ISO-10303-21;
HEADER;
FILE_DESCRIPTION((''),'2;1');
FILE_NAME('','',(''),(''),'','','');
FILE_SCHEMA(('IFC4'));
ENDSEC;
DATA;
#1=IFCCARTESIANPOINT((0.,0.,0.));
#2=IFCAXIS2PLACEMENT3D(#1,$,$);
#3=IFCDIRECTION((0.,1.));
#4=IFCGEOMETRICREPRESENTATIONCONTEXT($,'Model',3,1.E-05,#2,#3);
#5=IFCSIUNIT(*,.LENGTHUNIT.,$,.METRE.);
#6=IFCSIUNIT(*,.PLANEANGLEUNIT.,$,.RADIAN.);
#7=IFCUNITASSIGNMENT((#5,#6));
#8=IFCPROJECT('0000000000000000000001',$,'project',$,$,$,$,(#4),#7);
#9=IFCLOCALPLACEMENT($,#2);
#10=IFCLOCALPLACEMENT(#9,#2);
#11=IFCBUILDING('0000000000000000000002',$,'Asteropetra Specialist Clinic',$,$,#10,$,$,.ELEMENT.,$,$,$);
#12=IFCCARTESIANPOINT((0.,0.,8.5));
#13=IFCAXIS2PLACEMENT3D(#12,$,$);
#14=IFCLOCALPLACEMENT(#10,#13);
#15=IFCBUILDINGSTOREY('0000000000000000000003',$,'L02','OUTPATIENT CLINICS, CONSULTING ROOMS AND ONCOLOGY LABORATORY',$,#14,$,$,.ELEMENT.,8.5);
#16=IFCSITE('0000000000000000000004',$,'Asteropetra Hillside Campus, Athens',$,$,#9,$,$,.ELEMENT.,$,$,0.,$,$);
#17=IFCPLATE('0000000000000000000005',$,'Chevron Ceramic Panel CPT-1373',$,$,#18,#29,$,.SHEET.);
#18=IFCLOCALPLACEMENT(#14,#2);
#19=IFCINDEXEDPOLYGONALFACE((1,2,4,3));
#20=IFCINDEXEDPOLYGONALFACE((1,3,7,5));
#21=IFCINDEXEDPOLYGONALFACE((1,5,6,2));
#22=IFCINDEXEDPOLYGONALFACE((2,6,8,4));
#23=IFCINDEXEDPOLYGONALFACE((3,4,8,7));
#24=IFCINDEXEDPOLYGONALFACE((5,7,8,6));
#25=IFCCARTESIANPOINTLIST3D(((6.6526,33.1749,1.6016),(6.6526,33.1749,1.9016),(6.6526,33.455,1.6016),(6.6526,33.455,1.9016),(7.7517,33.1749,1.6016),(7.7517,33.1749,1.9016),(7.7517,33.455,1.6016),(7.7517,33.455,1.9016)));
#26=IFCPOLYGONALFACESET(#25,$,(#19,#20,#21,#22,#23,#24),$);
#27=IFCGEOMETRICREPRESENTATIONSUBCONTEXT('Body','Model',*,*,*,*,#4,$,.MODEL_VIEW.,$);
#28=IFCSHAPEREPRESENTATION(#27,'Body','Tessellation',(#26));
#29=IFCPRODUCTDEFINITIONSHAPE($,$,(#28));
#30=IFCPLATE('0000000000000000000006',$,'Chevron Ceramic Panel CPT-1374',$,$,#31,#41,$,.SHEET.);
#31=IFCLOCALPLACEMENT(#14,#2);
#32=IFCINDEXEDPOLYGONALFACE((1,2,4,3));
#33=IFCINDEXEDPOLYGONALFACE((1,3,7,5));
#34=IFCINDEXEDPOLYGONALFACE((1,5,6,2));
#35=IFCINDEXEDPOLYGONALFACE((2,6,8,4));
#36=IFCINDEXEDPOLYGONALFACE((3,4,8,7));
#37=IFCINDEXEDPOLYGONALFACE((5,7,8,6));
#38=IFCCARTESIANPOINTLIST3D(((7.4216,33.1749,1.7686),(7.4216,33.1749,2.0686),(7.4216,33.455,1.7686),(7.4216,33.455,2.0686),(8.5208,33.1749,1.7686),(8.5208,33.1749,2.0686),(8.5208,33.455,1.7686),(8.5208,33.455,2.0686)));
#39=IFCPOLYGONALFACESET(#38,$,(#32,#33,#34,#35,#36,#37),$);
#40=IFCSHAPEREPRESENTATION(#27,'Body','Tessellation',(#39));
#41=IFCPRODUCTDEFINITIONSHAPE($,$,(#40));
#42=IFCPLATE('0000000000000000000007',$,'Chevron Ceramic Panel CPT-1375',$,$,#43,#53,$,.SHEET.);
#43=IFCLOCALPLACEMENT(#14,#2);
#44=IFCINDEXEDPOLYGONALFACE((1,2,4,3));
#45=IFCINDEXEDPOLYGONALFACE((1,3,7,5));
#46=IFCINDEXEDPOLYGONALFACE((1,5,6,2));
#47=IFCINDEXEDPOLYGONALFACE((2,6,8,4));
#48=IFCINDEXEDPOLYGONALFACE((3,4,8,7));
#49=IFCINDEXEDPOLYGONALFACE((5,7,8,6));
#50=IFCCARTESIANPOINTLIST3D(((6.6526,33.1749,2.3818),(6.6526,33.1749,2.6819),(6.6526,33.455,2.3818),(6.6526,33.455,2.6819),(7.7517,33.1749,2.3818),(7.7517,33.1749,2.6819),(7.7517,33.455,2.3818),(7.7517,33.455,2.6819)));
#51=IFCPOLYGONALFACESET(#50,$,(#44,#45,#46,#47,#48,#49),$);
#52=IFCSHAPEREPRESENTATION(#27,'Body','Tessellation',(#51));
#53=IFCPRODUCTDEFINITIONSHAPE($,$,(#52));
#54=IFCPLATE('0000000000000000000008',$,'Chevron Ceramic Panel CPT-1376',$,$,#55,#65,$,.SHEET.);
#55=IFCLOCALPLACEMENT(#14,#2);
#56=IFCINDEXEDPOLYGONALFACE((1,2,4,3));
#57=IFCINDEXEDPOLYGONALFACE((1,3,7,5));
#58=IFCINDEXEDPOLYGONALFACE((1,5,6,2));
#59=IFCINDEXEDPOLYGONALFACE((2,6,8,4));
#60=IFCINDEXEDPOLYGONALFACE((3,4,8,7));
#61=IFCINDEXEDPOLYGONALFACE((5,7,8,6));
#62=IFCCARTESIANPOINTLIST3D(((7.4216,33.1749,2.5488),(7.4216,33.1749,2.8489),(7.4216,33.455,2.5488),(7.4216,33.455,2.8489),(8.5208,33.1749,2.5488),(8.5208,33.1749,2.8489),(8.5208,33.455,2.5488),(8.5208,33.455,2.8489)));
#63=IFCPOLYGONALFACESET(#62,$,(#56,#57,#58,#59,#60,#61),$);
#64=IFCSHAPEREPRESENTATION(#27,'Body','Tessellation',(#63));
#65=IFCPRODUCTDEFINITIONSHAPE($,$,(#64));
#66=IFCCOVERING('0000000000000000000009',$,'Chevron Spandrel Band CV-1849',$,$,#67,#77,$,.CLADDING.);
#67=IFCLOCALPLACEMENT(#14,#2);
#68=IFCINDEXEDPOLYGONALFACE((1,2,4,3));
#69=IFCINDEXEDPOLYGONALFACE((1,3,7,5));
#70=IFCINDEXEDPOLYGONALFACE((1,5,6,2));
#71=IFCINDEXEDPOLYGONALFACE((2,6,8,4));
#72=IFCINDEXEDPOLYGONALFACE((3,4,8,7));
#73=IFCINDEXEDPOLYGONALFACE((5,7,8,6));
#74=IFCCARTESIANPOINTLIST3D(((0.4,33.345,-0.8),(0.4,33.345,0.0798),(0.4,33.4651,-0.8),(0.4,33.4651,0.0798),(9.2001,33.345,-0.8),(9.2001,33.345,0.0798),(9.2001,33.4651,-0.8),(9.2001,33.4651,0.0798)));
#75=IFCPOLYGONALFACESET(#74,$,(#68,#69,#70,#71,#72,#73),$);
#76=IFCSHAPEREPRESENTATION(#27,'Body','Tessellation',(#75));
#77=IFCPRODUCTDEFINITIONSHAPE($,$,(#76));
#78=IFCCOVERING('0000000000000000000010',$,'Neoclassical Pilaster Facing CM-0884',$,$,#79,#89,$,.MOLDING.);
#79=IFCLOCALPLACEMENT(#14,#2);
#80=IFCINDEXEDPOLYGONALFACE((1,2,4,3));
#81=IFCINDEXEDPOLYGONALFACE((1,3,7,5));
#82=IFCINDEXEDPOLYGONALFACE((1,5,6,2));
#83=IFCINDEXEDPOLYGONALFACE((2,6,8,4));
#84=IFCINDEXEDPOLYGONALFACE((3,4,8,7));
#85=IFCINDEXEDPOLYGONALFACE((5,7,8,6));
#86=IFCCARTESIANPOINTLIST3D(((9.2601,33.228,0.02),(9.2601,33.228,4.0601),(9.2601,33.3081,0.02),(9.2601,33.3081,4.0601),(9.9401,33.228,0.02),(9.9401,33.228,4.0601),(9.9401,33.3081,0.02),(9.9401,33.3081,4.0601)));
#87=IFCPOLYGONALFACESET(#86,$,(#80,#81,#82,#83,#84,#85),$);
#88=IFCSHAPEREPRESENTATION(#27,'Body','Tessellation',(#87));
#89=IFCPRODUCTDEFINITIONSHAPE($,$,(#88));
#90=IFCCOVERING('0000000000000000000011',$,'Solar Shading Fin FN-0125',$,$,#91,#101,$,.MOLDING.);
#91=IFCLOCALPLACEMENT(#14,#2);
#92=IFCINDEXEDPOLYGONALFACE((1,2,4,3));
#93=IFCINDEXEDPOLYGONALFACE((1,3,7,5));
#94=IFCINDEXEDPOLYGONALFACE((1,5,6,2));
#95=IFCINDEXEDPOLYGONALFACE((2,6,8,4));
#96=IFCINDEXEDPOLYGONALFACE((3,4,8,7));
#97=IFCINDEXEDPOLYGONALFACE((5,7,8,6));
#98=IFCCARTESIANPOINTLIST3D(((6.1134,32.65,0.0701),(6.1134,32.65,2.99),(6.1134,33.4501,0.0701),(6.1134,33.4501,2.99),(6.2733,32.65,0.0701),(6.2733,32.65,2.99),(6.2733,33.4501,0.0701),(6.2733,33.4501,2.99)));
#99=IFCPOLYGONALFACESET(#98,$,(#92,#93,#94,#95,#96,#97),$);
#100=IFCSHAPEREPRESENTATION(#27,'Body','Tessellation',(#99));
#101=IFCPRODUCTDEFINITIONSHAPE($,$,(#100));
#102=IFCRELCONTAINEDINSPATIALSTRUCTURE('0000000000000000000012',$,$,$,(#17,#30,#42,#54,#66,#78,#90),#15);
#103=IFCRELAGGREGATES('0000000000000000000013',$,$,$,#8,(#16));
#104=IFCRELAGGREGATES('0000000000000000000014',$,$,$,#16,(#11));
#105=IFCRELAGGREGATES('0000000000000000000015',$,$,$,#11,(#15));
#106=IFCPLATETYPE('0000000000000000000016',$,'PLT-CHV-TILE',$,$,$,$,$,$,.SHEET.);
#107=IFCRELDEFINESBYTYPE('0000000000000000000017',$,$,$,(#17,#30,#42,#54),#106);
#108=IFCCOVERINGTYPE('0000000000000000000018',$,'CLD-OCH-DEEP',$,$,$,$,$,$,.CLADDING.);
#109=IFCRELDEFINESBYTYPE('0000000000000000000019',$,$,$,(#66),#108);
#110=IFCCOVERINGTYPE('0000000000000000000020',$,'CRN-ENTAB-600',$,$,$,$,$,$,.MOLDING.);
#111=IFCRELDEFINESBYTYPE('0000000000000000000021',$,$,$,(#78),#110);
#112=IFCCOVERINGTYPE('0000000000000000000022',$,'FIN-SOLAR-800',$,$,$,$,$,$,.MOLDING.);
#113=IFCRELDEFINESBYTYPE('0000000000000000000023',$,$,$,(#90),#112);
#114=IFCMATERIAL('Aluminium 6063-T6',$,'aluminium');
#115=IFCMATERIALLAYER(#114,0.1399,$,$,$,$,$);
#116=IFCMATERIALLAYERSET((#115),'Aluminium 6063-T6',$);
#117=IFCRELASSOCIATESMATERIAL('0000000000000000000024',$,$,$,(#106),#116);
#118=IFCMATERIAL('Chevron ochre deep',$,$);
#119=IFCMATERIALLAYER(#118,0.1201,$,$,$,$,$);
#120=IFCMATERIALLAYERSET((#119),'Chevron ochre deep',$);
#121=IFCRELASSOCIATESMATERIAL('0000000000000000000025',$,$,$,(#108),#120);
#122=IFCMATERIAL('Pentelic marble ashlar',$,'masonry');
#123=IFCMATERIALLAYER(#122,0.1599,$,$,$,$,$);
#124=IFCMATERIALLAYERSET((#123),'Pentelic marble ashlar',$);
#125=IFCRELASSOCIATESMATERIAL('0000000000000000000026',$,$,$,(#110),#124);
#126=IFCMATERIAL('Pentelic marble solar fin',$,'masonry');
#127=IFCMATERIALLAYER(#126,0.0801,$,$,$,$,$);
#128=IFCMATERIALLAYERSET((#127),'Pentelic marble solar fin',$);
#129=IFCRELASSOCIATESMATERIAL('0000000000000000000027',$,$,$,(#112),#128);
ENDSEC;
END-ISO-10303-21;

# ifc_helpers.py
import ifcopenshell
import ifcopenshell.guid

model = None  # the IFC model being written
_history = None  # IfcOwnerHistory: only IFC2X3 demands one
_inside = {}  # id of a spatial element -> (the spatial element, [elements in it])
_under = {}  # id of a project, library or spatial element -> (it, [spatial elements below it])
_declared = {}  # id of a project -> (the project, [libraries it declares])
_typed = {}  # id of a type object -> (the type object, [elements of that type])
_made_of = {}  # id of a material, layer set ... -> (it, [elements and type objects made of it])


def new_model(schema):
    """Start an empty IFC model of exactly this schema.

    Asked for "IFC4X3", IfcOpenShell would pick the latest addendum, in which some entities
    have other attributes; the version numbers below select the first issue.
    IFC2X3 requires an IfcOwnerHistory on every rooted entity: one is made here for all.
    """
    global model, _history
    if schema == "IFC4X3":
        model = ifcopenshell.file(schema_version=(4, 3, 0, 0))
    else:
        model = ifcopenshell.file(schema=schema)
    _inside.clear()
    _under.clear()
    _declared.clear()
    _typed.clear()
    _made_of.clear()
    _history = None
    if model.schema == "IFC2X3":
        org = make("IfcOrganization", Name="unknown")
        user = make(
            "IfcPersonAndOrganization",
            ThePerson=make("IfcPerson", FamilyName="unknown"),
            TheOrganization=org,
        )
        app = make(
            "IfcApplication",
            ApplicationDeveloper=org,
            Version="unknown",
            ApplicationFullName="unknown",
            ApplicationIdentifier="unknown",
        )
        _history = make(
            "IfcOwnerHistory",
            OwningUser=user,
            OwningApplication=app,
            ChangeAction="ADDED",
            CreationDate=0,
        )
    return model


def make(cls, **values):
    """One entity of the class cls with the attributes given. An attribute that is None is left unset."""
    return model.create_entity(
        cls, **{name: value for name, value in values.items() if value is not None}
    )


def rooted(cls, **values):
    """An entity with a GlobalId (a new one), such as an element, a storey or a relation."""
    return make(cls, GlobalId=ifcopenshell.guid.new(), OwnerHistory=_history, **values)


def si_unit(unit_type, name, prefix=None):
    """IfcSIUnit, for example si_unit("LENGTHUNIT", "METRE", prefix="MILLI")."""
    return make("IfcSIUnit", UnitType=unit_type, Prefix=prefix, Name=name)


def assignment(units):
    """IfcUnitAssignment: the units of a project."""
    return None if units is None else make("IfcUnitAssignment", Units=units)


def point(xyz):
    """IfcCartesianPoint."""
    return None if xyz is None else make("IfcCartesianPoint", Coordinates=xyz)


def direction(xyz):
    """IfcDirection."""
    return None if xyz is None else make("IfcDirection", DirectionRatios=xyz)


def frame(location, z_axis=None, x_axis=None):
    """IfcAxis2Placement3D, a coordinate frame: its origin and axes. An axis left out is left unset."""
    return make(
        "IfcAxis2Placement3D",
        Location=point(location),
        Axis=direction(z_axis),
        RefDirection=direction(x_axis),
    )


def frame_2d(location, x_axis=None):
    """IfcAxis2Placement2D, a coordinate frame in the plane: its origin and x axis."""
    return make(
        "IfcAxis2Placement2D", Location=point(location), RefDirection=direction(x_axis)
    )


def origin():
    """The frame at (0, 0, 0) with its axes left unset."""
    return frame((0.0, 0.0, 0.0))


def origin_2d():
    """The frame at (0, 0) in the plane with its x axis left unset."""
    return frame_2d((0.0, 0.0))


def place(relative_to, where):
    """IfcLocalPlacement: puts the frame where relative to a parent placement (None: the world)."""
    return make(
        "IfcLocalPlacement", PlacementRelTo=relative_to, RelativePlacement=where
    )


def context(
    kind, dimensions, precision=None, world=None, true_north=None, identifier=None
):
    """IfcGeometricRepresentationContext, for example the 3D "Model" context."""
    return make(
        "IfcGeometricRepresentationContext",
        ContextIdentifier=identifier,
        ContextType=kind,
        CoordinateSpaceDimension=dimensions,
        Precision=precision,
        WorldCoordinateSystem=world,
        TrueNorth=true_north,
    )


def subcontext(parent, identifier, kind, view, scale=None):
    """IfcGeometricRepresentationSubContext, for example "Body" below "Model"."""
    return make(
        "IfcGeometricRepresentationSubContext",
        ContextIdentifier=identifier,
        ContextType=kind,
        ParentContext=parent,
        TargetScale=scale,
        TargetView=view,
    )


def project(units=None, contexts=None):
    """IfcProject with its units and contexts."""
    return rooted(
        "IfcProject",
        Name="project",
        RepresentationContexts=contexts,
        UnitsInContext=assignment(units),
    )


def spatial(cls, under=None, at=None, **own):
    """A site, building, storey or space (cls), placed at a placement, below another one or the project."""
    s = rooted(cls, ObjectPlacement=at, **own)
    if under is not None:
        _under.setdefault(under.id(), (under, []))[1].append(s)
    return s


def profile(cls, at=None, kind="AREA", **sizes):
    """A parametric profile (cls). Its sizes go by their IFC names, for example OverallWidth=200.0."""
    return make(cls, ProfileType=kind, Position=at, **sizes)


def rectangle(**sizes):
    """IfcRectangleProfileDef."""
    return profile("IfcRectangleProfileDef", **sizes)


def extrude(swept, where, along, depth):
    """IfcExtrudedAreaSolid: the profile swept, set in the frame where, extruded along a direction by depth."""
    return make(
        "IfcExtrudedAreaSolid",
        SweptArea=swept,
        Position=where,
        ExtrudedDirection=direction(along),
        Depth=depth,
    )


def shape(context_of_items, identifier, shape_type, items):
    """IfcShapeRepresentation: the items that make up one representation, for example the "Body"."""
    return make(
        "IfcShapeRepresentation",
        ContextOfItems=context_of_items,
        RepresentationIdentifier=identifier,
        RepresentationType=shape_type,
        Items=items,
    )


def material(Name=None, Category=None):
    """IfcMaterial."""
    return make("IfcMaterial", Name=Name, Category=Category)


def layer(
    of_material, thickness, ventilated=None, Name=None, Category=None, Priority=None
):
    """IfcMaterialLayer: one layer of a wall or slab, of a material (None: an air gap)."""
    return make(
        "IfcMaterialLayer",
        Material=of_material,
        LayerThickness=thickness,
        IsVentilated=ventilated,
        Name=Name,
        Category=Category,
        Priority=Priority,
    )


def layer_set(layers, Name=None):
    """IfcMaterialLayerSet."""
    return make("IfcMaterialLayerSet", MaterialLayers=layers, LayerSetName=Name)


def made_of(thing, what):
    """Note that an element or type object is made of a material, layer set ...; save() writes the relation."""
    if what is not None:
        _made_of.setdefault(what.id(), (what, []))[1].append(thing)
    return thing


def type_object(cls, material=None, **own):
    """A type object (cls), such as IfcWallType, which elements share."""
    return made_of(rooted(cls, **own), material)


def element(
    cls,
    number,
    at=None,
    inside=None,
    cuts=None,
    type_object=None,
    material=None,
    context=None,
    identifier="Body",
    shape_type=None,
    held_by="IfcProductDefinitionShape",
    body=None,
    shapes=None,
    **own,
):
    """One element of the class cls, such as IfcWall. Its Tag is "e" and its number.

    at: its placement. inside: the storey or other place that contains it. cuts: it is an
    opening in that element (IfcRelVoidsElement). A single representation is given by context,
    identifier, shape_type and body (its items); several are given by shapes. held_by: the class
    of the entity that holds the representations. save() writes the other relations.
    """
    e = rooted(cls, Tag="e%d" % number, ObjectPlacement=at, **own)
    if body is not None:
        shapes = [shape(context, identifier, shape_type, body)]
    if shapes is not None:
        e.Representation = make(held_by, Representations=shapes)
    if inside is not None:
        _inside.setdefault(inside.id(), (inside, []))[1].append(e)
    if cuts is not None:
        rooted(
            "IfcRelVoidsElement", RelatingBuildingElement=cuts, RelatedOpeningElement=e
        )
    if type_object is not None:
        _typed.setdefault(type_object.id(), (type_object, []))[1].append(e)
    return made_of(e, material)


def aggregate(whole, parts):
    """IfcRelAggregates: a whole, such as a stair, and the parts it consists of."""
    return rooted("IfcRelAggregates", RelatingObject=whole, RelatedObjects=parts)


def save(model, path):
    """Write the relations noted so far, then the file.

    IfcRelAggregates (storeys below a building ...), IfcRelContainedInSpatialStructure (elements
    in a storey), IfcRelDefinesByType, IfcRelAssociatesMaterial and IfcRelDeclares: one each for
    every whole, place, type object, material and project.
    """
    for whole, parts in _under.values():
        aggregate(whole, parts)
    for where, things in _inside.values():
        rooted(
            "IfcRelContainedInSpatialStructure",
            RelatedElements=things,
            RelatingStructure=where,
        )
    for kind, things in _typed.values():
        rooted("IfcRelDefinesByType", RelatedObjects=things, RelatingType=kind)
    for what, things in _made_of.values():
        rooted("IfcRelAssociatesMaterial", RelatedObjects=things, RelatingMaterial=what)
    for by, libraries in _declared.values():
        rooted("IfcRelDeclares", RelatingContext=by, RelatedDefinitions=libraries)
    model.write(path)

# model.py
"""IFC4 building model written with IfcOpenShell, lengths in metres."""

from ifc_helpers import new_model, si_unit, direction, frame, origin, origin_2d, place, context, subcontext, project, spatial, rectangle, extrude, material, layer, layer_set, type_object, element, save


model = new_model("IFC4")

# Units and contexts
model_context = context("Model", 3, precision=1e-05, world=origin(), true_north=direction((0.0, 1.0)))
body_context = subcontext(model_context, "Body", "Model", "MODEL_VIEW")
ifc_project = project(units=[si_unit("LENGTHUNIT", "METRE"), si_unit("PLANEANGLEUNIT", "RADIAN")], contexts=[model_context])

# Site, building, storey
site_placement = place(None, origin())
site = spatial("IfcSite", under=ifc_project, at=site_placement, Name="Asteropetra Hillside Campus, Athens", CompositionType="ELEMENT", RefElevation=0.0)
building_placement = place(site_placement, origin())
building = spatial("IfcBuilding", under=site, at=building_placement, Name="Asteropetra Specialist Clinic", CompositionType="ELEMENT")
storey_placement = place(building_placement, frame((0.0, 0.0, 8.5)))
storey = spatial("IfcBuildingStorey", under=building, at=storey_placement, Name="L02", Description="OUTPATIENT CLINICS, CONSULTING ROOMS AND ONCOLOGY LABORATORY", CompositionType="ELEMENT", Elevation=8.5)

# Plates
ifc_material_1 = material(Name="Aluminium 6063-T6", Category="aluminium")
ifc_layer_1 = layer(ifc_material_1, 0.1399)
ifc_layer_set_1 = layer_set([ifc_layer_1], Name="Aluminium 6063-T6")
plate_type_1 = type_object("IfcPlateType", Name="PLT-CHV-TILE", PredefinedType="SHEET", material=ifc_layer_set_1)
for number, where, z_axis, x_axis, name in (
    (1, (7.2021, 33.3149, 1.6016), (0.0, 0.0, 1.0), (1.0, 0.0, 0.0), "Chevron Ceramic Panel CPT-1373"),
    (2, (7.9712, 33.3149, 1.7686), (0.0, 0.0, 1.0), (1.0, 0.0, 0.0), "Chevron Ceramic Panel CPT-1374"),
    (3, (7.2021, 33.3149, 2.3818), (0.0, 0.0, 1.0), (1.0, 0.0, 0.0), "Chevron Ceramic Panel CPT-1375"),
    (4, (7.9712, 33.3149, 2.5488), (0.0, 0.0, 1.0), (1.0, 0.0, 0.0), "Chevron Ceramic Panel CPT-1376"),
):
    element("IfcPlate", number, at=place(storey_placement, frame(where, z_axis=z_axis, x_axis=x_axis)), inside=storey, type_object=plate_type_1, Name=name, PredefinedType="SHEET", context=body_context, shape_type="SweptSolid", body=[
        extrude(rectangle(XDim=1.0991, YDim=0.28, at=origin_2d()), origin(), (0.0, 0.0, 1.0), 0.3),
    ])

# Coverings
ifc_material_2 = material(Name="Chevron ochre deep")
ifc_layer_2 = layer(ifc_material_2, 0.1201)
ifc_layer_set_2 = layer_set([ifc_layer_2], Name="Chevron ochre deep")
covering_type_1 = type_object("IfcCoveringType", Name="CLD-OCH-DEEP", PredefinedType="CLADDING", material=ifc_layer_set_2)
covering_1_placement = place(storey_placement, frame((4.8, 33.405, -0.8), z_axis=(0.0, 0.0, 1.0), x_axis=(1.0, 0.0, 0.0)))
element("IfcCovering", 5, at=covering_1_placement, inside=storey, type_object=covering_type_1, Name="Chevron Spandrel Band CV-1849", PredefinedType="CLADDING", context=body_context, shape_type="SweptSolid", body=[
    extrude(rectangle(XDim=8.8, YDim=0.1201, at=origin_2d()), origin(), (0.0, 0.0, 1.0), 0.8799),
])
ifc_material_3 = material(Name="Pentelic marble ashlar", Category="masonry")
ifc_layer_3 = layer(ifc_material_3, 0.1599)
ifc_layer_set_3 = layer_set([ifc_layer_3], Name="Pentelic marble ashlar")
covering_type_2 = type_object("IfcCoveringType", Name="CRN-ENTAB-600", PredefinedType="MOLDING", material=ifc_layer_set_3)
covering_2_placement = place(storey_placement, frame((9.6001, 33.2681, 0.02), z_axis=(0.0, 0.0, 1.0), x_axis=(1.0, 0.0, 0.0)))
element("IfcCovering", 6, at=covering_2_placement, inside=storey, type_object=covering_type_2, Name="Neoclassical Pilaster Facing CM-0884", PredefinedType="MOLDING", context=body_context, shape_type="SweptSolid", body=[
    extrude(rectangle(XDim=0.6799, YDim=0.0801, at=origin_2d()), origin(), (0.0, 0.0, 1.0), 4.04),
])
ifc_material_4 = material(Name="Pentelic marble solar fin", Category="masonry")
ifc_layer_4 = layer(ifc_material_4, 0.0801)
ifc_layer_set_4 = layer_set([ifc_layer_4], Name="Pentelic marble solar fin")
covering_type_3 = type_object("IfcCoveringType", Name="FIN-SOLAR-800", PredefinedType="MOLDING", material=ifc_layer_set_4)
covering_3_placement = place(storey_placement, frame((6.1934, 33.05, 0.0701), z_axis=(0.0, 0.0, 1.0), x_axis=(1.0, 0.0, 0.0)))
element("IfcCovering", 7, at=covering_3_placement, inside=storey, type_object=covering_type_3, Name="Solar Shading Fin FN-0125", PredefinedType="MOLDING", context=body_context, shape_type="SweptSolid", body=[
    extrude(rectangle(XDim=0.1599, YDim=0.8, at=origin_2d()), origin(), (0.0, 0.0, 1.0), 2.9199),
])

save(model, "model.ifc")
